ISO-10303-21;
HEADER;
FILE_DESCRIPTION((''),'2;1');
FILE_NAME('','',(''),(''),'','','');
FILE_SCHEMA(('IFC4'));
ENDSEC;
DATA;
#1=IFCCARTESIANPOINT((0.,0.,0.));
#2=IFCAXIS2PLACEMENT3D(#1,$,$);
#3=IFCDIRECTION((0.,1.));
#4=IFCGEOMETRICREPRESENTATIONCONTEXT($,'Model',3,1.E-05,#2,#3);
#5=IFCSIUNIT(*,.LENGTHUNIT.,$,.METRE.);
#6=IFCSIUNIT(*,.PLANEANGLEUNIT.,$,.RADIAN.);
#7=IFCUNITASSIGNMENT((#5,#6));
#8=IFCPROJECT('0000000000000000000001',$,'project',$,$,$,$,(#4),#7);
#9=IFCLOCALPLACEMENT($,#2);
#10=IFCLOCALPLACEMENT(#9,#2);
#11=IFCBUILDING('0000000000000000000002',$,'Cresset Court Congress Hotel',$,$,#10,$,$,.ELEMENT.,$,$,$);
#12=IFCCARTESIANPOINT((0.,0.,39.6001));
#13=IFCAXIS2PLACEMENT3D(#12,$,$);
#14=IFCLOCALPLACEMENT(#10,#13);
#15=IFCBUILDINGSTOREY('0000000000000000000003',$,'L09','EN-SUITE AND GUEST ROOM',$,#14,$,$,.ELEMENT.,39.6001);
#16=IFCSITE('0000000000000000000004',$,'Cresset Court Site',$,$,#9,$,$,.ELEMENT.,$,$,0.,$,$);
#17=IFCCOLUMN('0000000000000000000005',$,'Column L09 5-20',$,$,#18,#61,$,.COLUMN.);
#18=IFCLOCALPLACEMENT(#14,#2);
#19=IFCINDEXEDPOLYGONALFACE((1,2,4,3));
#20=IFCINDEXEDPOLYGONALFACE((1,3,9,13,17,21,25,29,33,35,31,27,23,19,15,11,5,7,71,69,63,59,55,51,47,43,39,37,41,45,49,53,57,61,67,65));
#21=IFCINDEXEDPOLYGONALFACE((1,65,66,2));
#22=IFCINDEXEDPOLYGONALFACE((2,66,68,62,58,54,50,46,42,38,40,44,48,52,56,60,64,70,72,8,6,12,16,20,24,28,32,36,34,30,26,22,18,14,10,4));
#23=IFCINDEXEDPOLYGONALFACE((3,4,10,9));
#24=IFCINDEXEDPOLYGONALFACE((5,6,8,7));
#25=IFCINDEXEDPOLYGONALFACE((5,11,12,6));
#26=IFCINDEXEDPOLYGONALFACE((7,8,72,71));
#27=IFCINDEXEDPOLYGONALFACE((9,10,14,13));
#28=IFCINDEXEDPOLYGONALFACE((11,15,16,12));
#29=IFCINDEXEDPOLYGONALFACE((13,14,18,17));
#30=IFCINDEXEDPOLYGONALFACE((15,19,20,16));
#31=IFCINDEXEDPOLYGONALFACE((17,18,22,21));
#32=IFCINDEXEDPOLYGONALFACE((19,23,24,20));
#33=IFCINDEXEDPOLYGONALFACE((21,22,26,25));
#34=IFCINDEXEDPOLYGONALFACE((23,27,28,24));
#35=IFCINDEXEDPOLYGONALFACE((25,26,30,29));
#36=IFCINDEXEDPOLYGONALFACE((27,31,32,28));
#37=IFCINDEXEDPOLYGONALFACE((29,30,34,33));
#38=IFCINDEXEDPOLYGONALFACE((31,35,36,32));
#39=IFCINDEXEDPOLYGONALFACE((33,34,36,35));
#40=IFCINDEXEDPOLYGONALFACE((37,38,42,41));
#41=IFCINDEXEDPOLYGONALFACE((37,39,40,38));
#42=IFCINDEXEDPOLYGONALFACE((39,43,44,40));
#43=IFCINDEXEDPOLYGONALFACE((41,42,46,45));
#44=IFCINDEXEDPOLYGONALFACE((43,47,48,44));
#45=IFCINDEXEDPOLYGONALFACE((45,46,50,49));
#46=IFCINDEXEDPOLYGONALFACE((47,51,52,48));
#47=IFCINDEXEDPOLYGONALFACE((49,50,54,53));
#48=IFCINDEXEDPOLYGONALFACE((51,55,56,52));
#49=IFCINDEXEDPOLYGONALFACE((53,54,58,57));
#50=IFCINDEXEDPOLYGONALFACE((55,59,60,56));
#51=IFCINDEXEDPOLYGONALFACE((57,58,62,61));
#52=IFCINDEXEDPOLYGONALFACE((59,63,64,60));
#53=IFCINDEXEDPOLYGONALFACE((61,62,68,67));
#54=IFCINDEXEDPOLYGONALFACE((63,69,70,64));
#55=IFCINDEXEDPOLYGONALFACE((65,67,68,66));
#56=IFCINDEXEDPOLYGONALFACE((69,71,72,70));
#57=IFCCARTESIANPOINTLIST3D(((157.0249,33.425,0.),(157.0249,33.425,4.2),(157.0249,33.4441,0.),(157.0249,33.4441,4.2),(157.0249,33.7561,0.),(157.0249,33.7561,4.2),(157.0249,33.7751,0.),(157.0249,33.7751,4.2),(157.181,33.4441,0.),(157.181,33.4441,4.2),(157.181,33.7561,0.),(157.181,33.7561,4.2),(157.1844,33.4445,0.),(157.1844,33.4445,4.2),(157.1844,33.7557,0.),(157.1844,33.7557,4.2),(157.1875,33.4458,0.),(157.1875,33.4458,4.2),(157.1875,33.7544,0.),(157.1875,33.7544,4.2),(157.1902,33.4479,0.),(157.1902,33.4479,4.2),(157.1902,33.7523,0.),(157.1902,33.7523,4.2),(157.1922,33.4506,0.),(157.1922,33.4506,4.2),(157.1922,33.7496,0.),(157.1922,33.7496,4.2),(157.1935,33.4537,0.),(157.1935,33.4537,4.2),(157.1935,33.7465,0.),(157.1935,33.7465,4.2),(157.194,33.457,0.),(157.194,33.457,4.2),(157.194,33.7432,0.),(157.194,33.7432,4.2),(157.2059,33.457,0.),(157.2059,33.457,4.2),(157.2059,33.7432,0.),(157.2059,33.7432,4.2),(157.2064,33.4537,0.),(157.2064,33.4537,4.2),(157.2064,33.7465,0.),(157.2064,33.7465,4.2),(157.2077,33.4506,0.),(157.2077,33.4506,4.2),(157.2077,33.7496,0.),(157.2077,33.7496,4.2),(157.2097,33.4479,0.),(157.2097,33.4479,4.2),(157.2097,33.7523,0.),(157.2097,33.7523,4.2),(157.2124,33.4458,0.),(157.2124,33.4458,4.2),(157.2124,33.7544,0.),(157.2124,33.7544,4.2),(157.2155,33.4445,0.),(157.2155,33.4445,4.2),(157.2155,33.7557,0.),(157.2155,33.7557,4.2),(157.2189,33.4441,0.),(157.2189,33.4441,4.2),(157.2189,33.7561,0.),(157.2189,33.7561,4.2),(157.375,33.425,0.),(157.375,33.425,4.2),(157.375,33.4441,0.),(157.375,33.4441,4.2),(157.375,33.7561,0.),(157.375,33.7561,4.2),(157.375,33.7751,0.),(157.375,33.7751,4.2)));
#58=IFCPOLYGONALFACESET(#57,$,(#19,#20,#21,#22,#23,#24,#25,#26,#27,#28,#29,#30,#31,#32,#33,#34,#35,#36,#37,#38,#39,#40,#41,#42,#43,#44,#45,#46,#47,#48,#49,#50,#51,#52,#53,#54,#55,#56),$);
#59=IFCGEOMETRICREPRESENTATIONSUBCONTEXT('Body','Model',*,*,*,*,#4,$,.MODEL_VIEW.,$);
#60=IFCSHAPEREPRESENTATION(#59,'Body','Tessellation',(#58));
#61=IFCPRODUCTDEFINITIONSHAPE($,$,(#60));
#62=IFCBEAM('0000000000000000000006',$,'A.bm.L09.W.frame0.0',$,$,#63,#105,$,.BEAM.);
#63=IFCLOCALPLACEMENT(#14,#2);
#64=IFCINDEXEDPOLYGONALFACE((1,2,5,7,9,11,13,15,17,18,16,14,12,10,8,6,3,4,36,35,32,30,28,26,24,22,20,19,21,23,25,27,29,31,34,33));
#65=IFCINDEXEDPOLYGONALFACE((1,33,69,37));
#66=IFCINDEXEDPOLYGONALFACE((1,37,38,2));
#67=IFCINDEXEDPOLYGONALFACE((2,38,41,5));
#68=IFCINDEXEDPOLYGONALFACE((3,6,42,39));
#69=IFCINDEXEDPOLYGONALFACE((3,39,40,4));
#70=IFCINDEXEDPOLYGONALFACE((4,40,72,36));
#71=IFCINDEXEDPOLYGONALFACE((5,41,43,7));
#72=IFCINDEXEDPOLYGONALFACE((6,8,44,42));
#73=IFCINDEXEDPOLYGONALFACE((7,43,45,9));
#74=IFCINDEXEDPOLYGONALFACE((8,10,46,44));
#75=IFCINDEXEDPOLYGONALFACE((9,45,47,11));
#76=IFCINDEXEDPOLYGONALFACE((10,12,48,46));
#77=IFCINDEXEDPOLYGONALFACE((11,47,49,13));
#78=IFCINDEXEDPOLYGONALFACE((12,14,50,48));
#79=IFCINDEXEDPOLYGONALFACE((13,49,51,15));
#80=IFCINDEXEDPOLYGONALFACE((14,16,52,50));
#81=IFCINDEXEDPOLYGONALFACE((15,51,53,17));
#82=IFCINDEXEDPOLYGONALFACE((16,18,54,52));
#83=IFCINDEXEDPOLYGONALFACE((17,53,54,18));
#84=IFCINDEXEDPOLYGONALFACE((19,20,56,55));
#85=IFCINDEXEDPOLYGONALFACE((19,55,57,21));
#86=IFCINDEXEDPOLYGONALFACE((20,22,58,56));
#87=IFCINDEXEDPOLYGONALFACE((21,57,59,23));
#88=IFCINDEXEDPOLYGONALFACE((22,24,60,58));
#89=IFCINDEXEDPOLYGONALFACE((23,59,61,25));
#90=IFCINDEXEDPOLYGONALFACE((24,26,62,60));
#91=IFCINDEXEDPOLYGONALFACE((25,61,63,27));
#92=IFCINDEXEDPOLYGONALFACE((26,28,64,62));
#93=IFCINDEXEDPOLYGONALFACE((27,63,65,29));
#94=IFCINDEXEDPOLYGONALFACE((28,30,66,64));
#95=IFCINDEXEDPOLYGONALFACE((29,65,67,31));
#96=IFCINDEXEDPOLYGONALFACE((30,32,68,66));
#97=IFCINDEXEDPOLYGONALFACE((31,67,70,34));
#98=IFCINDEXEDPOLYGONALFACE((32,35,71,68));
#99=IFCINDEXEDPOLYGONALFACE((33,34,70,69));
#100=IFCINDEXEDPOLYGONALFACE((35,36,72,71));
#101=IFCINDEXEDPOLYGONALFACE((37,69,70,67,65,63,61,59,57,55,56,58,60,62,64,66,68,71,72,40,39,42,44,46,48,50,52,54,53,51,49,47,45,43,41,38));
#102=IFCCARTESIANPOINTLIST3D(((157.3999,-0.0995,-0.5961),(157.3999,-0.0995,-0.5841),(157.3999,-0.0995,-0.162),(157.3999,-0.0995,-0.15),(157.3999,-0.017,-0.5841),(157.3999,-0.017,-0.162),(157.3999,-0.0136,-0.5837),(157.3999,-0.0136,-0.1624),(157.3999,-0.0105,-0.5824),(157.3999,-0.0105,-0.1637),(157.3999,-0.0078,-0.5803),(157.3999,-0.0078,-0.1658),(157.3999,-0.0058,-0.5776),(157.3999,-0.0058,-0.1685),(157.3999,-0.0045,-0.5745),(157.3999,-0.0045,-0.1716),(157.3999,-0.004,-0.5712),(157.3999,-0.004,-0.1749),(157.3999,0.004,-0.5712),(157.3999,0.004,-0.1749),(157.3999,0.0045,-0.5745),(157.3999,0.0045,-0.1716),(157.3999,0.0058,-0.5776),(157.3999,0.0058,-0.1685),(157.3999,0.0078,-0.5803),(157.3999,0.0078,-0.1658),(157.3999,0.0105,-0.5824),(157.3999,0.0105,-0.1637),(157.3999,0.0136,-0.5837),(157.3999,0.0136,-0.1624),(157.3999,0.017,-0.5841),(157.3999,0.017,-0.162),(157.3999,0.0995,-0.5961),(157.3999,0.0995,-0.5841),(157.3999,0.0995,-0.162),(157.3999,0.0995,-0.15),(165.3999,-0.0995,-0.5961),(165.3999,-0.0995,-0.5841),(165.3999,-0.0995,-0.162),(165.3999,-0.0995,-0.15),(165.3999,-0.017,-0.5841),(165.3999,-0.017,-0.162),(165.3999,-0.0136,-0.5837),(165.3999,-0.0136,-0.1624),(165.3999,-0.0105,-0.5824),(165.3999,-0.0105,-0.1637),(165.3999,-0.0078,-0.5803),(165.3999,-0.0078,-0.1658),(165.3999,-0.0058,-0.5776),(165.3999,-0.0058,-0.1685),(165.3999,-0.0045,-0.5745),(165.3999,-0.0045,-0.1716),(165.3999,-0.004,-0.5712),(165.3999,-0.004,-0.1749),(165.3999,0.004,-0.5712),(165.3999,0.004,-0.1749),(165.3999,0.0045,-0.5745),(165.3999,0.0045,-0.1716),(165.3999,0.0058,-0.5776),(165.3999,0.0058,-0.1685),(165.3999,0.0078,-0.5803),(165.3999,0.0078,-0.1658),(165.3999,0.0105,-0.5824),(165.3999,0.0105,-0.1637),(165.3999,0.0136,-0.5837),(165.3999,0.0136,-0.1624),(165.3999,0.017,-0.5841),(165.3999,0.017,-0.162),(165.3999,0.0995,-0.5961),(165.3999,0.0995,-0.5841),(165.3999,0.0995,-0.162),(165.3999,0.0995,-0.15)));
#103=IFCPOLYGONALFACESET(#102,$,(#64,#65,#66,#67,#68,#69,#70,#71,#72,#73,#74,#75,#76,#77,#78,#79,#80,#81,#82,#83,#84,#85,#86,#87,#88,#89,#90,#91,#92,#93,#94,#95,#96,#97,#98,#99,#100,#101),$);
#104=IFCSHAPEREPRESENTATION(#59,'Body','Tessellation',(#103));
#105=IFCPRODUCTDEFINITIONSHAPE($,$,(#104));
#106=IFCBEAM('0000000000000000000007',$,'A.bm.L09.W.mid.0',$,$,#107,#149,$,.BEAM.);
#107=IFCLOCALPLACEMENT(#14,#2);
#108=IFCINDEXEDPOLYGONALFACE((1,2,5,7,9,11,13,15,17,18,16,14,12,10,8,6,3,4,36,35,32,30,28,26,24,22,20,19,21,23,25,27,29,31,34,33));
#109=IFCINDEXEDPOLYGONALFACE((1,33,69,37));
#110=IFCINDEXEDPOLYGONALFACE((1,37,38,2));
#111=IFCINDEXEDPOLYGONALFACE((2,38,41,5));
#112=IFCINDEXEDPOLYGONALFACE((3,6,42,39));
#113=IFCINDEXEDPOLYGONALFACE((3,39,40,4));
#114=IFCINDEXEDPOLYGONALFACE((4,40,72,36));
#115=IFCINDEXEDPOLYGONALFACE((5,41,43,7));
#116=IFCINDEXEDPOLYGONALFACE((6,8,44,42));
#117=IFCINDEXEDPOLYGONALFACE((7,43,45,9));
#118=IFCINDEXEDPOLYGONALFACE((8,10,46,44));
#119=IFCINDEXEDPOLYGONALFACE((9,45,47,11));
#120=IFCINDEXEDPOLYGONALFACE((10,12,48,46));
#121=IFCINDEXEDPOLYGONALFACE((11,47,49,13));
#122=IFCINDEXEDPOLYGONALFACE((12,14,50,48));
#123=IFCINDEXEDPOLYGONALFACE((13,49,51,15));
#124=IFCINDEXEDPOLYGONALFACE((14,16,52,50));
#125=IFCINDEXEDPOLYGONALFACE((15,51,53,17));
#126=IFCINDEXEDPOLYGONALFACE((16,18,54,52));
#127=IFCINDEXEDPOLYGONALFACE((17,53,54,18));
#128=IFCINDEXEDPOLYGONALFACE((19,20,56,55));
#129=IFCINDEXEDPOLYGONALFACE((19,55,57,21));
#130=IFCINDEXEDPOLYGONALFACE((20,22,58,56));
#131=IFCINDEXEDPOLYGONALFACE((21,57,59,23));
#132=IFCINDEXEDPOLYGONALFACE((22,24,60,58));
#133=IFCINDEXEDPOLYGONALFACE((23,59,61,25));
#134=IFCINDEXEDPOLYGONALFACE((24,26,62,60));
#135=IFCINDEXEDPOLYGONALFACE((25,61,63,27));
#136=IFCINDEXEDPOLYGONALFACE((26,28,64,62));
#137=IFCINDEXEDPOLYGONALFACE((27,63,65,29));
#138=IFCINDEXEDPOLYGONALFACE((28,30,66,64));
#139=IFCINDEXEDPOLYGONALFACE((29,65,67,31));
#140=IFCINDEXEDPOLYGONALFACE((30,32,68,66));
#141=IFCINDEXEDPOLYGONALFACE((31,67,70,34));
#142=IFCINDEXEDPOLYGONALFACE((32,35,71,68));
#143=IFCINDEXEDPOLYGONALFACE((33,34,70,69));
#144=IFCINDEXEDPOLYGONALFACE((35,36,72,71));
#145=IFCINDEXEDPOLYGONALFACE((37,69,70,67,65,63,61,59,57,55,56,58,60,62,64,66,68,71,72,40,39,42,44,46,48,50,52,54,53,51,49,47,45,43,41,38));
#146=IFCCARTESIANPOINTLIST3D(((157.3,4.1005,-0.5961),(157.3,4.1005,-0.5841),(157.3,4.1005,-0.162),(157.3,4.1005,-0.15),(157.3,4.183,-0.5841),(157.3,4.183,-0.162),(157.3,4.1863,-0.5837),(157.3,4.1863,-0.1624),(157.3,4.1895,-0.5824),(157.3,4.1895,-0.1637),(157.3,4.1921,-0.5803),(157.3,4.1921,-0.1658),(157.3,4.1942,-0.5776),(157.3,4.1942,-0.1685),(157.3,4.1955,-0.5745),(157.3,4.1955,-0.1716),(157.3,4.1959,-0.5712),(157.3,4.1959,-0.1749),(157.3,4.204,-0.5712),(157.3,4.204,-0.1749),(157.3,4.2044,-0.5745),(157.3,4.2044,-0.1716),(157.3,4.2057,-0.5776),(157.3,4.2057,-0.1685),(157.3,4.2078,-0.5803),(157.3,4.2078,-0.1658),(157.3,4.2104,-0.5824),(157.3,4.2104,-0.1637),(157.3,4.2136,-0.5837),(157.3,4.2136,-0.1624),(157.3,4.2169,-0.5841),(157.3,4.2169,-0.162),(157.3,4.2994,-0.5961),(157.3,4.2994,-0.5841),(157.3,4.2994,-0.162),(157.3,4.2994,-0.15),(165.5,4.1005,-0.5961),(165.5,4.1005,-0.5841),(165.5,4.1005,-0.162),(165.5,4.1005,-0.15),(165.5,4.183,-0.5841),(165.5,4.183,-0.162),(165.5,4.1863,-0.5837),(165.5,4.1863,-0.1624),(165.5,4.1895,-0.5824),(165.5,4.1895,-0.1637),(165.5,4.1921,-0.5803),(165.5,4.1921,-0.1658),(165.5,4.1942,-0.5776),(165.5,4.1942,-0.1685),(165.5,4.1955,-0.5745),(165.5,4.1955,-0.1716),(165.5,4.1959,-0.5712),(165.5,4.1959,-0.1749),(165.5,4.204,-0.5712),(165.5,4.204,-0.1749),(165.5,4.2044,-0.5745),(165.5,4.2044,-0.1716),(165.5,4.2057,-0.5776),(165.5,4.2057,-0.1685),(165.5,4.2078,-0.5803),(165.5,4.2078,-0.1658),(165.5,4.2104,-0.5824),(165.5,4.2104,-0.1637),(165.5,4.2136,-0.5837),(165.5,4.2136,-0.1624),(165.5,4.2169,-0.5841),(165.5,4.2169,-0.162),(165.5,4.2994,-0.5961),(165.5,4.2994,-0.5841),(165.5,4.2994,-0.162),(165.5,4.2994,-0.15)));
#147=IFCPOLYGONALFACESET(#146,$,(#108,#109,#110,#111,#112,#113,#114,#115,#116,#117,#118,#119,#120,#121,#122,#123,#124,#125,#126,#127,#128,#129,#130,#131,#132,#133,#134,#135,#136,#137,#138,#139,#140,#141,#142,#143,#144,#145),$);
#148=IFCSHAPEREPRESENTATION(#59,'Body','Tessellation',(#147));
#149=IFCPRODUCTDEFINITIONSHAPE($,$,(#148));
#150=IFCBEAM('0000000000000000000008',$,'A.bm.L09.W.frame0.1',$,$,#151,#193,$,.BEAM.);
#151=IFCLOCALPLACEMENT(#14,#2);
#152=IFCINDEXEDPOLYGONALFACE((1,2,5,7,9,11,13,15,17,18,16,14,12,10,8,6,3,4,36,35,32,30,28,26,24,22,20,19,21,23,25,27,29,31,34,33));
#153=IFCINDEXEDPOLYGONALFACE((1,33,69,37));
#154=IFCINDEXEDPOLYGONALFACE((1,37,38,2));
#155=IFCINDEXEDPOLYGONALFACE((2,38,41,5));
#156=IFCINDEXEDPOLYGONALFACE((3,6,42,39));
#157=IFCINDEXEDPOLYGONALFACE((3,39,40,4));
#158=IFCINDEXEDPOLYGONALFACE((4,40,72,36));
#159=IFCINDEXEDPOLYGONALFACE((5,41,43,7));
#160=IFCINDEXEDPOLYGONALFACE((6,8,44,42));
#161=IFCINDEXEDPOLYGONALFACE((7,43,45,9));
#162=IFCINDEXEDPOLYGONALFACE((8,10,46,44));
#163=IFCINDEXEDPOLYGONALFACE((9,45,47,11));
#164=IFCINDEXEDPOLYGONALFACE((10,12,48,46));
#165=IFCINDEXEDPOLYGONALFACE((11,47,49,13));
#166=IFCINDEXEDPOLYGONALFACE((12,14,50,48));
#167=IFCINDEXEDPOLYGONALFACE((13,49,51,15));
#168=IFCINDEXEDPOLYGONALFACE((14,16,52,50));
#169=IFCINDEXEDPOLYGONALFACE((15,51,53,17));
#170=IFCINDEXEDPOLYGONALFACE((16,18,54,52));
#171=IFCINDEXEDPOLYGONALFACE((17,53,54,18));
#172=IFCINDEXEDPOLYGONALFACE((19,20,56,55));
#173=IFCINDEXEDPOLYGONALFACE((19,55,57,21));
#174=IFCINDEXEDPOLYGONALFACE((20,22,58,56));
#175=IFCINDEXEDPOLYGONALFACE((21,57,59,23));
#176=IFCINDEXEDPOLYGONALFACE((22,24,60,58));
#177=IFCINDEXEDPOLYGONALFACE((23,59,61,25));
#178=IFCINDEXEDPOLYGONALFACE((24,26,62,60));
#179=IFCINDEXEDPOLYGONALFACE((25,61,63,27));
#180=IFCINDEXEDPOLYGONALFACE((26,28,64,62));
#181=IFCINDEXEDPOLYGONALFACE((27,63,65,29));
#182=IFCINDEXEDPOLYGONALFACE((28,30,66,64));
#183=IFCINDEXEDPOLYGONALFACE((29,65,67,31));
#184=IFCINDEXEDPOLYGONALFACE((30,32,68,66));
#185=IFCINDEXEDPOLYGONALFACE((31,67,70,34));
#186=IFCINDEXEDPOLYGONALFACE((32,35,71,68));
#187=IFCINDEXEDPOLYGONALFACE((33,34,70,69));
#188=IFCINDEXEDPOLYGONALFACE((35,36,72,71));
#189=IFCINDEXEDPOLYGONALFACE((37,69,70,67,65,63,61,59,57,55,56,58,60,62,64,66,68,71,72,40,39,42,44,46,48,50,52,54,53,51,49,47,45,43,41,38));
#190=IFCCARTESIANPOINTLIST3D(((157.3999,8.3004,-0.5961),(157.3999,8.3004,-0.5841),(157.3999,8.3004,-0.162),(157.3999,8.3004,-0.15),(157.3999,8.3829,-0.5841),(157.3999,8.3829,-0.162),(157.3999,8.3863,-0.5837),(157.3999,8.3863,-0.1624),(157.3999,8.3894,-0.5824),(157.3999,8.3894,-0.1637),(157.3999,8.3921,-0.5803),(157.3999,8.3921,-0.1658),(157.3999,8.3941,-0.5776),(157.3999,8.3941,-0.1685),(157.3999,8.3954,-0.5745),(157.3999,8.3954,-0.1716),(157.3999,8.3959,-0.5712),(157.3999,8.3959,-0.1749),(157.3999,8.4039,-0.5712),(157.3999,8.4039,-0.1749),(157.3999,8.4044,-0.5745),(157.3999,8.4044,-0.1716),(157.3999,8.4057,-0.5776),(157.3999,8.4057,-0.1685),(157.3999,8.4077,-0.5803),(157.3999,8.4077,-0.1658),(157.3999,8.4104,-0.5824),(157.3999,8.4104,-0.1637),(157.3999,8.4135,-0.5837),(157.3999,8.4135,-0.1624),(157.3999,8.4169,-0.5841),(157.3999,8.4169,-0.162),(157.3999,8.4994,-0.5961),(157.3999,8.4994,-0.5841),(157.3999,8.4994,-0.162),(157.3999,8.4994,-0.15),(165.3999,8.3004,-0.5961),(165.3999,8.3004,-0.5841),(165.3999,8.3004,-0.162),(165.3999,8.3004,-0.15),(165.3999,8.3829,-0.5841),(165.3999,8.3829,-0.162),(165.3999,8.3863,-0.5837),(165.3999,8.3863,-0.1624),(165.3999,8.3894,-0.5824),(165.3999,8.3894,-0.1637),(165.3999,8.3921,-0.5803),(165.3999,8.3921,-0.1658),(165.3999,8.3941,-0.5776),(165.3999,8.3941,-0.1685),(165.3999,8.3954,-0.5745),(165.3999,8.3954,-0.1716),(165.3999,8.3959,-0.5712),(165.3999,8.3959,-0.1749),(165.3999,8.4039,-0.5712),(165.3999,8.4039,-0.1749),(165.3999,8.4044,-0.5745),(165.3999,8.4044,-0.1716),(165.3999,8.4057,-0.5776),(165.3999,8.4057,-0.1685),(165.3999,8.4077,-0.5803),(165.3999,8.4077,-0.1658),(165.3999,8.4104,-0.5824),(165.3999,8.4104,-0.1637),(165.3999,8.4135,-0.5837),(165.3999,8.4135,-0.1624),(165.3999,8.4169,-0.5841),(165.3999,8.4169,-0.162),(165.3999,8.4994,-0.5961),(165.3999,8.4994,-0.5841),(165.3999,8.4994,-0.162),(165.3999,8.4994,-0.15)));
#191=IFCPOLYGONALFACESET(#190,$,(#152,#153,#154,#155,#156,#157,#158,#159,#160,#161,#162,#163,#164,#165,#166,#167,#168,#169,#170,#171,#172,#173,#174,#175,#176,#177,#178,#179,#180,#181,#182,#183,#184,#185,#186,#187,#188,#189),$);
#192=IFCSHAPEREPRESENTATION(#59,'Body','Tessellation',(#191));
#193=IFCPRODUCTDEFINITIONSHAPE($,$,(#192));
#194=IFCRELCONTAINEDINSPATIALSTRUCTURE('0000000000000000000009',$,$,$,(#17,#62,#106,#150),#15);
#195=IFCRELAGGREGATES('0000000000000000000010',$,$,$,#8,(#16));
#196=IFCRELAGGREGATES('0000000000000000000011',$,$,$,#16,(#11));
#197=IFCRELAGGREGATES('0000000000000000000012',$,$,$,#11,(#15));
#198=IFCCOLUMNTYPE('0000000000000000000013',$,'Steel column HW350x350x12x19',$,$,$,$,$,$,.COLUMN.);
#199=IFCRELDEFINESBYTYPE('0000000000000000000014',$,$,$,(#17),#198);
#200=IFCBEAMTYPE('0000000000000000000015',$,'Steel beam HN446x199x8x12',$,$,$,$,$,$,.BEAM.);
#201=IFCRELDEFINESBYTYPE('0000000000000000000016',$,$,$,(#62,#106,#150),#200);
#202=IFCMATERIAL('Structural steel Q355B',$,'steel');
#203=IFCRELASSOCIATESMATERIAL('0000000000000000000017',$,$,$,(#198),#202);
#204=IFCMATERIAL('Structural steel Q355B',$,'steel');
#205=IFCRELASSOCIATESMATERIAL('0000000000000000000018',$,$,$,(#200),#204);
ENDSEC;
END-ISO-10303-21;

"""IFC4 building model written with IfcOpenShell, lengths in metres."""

from ifc_helpers import new_model, si_unit, direction, frame, origin, origin_2d, place, context, subcontext, project, spatial, i_section, extrude, material, material_profile, profile_set, type_object, element, save


model = new_model("IFC4")

# Units and contexts
model_context = context("Model", 3, precision=1e-05, world=origin(), true_north=direction((0.0, 1.0)))
body_context = subcontext(model_context, "Body", "Model", "MODEL_VIEW")
ifc_project = project(units=[si_unit("LENGTHUNIT", "METRE"), si_unit("PLANEANGLEUNIT", "RADIAN")], contexts=[model_context])

# Site, building, storey
site_placement = place(None, origin())
site = spatial("IfcSite", under=ifc_project, at=site_placement, Name="Cresset Court Site", CompositionType="ELEMENT", RefElevation=0.0)
building_placement = place(site_placement, origin())
building = spatial("IfcBuilding", under=site, at=building_placement, Name="Cresset Court Congress Hotel", CompositionType="ELEMENT")
storey_placement = place(building_placement, frame((0.0, 0.0, 39.6001)))
storey = spatial("IfcBuildingStorey", under=building, at=storey_placement, Name="L09", Description="EN-SUITE AND GUEST ROOM", CompositionType="ELEMENT", Elevation=39.6001)

# Column
ifc_material_1 = material(Name="Structural steel Q355B", Category="steel")
ifc_material_profile_1 = material_profile(ifc_material_1, i_section(OverallWidth=0.3501, OverallDepth=0.3501, WebThickness=0.012, FlangeThickness=0.019, FilletRadius=0.0129, at=origin_2d()), Name="HW350x350x12x19")
ifc_profile_set_1 = profile_set([ifc_material_profile_1], Name="Structural steel Q355B")
column_type = type_object("IfcColumnType", Name="Steel column HW350x350x12x19", PredefinedType="COLUMN", material=ifc_profile_set_1)
for number, where, z_axis, x_axis, name in (
    (1, (157.2, 33.6001, 0.0), (0.0, 0.0, 1.0), (1.0, 0.0, 0.0), "Column L09 5-20"),
):
    element("IfcColumn", number, at=place(storey_placement, frame(where, z_axis=z_axis, x_axis=x_axis)), inside=storey, type_object=column_type, Name=name, PredefinedType="COLUMN", context=body_context, shape_type="SweptSolid", body=[
        extrude(i_section(OverallWidth=0.3501, OverallDepth=0.3501, WebThickness=0.012, FlangeThickness=0.019, FilletRadius=0.0129, at=origin_2d()), origin(), (0.0, 0.0, 1.0), 4.2),
    ])

# Beams
ifc_material_2 = material(Name="Structural steel Q355B", Category="steel")
ifc_material_profile_2 = material_profile(ifc_material_2, i_section(OverallWidth=0.199, OverallDepth=0.446, WebThickness=0.0081, FlangeThickness=0.012, FilletRadius=0.0129, at=origin_2d()), Name="HN446x199x8x12")
ifc_profile_set_2 = profile_set([ifc_material_profile_2], Name="Structural steel Q355B")
beam_type_1 = type_object("IfcBeamType", Name="Steel beam HN446x199x8x12", PredefinedType="BEAM", material=ifc_profile_set_2)
beam_1_placement = place(storey_placement, frame((157.3999, 0.0, -0.373), z_axis=(1.0, 0.0, 0.0), x_axis=(0.0, 1.0, 0.0)))
element("IfcBeam", 2, at=beam_1_placement, inside=storey, type_object=beam_type_1, Name="A.bm.L09.W.frame0.0", PredefinedType="BEAM", context=body_context, shape_type="SweptSolid", body=[
    extrude(i_section(OverallWidth=0.199, OverallDepth=0.446, WebThickness=0.0081, FlangeThickness=0.012, FilletRadius=0.0129, at=origin_2d()), origin(), (0.0, 0.0, 1.0), 8.0),
])
beam_2_placement = place(storey_placement, frame((157.3, 4.2, -0.373), z_axis=(1.0, 0.0, 0.0), x_axis=(0.0, 1.0, 0.0)))
element("IfcBeam", 3, at=beam_2_placement, inside=storey, type_object=beam_type_1, Name="A.bm.L09.W.mid.0", PredefinedType="BEAM", context=body_context, shape_type="SweptSolid", body=[
    extrude(i_section(OverallWidth=0.199, OverallDepth=0.446, WebThickness=0.0081, FlangeThickness=0.012, FilletRadius=0.0129, at=origin_2d()), origin(), (0.0, 0.0, 1.0), 8.2),
])
beam_3_placement = place(storey_placement, frame((157.3999, 8.3999, -0.373), z_axis=(1.0, 0.0, 0.0), x_axis=(0.0, 1.0, 0.0)))
element("IfcBeam", 4, at=beam_3_placement, inside=storey, type_object=beam_type_1, Name="A.bm.L09.W.frame0.1", PredefinedType="BEAM", context=body_context, shape_type="SweptSolid", body=[
    extrude(i_section(OverallWidth=0.199, OverallDepth=0.446, WebThickness=0.0081, FlangeThickness=0.012, FilletRadius=0.0129, at=origin_2d()), origin(), (0.0, 0.0, 1.0), 8.0),
])

save(model, "model.ifc")
